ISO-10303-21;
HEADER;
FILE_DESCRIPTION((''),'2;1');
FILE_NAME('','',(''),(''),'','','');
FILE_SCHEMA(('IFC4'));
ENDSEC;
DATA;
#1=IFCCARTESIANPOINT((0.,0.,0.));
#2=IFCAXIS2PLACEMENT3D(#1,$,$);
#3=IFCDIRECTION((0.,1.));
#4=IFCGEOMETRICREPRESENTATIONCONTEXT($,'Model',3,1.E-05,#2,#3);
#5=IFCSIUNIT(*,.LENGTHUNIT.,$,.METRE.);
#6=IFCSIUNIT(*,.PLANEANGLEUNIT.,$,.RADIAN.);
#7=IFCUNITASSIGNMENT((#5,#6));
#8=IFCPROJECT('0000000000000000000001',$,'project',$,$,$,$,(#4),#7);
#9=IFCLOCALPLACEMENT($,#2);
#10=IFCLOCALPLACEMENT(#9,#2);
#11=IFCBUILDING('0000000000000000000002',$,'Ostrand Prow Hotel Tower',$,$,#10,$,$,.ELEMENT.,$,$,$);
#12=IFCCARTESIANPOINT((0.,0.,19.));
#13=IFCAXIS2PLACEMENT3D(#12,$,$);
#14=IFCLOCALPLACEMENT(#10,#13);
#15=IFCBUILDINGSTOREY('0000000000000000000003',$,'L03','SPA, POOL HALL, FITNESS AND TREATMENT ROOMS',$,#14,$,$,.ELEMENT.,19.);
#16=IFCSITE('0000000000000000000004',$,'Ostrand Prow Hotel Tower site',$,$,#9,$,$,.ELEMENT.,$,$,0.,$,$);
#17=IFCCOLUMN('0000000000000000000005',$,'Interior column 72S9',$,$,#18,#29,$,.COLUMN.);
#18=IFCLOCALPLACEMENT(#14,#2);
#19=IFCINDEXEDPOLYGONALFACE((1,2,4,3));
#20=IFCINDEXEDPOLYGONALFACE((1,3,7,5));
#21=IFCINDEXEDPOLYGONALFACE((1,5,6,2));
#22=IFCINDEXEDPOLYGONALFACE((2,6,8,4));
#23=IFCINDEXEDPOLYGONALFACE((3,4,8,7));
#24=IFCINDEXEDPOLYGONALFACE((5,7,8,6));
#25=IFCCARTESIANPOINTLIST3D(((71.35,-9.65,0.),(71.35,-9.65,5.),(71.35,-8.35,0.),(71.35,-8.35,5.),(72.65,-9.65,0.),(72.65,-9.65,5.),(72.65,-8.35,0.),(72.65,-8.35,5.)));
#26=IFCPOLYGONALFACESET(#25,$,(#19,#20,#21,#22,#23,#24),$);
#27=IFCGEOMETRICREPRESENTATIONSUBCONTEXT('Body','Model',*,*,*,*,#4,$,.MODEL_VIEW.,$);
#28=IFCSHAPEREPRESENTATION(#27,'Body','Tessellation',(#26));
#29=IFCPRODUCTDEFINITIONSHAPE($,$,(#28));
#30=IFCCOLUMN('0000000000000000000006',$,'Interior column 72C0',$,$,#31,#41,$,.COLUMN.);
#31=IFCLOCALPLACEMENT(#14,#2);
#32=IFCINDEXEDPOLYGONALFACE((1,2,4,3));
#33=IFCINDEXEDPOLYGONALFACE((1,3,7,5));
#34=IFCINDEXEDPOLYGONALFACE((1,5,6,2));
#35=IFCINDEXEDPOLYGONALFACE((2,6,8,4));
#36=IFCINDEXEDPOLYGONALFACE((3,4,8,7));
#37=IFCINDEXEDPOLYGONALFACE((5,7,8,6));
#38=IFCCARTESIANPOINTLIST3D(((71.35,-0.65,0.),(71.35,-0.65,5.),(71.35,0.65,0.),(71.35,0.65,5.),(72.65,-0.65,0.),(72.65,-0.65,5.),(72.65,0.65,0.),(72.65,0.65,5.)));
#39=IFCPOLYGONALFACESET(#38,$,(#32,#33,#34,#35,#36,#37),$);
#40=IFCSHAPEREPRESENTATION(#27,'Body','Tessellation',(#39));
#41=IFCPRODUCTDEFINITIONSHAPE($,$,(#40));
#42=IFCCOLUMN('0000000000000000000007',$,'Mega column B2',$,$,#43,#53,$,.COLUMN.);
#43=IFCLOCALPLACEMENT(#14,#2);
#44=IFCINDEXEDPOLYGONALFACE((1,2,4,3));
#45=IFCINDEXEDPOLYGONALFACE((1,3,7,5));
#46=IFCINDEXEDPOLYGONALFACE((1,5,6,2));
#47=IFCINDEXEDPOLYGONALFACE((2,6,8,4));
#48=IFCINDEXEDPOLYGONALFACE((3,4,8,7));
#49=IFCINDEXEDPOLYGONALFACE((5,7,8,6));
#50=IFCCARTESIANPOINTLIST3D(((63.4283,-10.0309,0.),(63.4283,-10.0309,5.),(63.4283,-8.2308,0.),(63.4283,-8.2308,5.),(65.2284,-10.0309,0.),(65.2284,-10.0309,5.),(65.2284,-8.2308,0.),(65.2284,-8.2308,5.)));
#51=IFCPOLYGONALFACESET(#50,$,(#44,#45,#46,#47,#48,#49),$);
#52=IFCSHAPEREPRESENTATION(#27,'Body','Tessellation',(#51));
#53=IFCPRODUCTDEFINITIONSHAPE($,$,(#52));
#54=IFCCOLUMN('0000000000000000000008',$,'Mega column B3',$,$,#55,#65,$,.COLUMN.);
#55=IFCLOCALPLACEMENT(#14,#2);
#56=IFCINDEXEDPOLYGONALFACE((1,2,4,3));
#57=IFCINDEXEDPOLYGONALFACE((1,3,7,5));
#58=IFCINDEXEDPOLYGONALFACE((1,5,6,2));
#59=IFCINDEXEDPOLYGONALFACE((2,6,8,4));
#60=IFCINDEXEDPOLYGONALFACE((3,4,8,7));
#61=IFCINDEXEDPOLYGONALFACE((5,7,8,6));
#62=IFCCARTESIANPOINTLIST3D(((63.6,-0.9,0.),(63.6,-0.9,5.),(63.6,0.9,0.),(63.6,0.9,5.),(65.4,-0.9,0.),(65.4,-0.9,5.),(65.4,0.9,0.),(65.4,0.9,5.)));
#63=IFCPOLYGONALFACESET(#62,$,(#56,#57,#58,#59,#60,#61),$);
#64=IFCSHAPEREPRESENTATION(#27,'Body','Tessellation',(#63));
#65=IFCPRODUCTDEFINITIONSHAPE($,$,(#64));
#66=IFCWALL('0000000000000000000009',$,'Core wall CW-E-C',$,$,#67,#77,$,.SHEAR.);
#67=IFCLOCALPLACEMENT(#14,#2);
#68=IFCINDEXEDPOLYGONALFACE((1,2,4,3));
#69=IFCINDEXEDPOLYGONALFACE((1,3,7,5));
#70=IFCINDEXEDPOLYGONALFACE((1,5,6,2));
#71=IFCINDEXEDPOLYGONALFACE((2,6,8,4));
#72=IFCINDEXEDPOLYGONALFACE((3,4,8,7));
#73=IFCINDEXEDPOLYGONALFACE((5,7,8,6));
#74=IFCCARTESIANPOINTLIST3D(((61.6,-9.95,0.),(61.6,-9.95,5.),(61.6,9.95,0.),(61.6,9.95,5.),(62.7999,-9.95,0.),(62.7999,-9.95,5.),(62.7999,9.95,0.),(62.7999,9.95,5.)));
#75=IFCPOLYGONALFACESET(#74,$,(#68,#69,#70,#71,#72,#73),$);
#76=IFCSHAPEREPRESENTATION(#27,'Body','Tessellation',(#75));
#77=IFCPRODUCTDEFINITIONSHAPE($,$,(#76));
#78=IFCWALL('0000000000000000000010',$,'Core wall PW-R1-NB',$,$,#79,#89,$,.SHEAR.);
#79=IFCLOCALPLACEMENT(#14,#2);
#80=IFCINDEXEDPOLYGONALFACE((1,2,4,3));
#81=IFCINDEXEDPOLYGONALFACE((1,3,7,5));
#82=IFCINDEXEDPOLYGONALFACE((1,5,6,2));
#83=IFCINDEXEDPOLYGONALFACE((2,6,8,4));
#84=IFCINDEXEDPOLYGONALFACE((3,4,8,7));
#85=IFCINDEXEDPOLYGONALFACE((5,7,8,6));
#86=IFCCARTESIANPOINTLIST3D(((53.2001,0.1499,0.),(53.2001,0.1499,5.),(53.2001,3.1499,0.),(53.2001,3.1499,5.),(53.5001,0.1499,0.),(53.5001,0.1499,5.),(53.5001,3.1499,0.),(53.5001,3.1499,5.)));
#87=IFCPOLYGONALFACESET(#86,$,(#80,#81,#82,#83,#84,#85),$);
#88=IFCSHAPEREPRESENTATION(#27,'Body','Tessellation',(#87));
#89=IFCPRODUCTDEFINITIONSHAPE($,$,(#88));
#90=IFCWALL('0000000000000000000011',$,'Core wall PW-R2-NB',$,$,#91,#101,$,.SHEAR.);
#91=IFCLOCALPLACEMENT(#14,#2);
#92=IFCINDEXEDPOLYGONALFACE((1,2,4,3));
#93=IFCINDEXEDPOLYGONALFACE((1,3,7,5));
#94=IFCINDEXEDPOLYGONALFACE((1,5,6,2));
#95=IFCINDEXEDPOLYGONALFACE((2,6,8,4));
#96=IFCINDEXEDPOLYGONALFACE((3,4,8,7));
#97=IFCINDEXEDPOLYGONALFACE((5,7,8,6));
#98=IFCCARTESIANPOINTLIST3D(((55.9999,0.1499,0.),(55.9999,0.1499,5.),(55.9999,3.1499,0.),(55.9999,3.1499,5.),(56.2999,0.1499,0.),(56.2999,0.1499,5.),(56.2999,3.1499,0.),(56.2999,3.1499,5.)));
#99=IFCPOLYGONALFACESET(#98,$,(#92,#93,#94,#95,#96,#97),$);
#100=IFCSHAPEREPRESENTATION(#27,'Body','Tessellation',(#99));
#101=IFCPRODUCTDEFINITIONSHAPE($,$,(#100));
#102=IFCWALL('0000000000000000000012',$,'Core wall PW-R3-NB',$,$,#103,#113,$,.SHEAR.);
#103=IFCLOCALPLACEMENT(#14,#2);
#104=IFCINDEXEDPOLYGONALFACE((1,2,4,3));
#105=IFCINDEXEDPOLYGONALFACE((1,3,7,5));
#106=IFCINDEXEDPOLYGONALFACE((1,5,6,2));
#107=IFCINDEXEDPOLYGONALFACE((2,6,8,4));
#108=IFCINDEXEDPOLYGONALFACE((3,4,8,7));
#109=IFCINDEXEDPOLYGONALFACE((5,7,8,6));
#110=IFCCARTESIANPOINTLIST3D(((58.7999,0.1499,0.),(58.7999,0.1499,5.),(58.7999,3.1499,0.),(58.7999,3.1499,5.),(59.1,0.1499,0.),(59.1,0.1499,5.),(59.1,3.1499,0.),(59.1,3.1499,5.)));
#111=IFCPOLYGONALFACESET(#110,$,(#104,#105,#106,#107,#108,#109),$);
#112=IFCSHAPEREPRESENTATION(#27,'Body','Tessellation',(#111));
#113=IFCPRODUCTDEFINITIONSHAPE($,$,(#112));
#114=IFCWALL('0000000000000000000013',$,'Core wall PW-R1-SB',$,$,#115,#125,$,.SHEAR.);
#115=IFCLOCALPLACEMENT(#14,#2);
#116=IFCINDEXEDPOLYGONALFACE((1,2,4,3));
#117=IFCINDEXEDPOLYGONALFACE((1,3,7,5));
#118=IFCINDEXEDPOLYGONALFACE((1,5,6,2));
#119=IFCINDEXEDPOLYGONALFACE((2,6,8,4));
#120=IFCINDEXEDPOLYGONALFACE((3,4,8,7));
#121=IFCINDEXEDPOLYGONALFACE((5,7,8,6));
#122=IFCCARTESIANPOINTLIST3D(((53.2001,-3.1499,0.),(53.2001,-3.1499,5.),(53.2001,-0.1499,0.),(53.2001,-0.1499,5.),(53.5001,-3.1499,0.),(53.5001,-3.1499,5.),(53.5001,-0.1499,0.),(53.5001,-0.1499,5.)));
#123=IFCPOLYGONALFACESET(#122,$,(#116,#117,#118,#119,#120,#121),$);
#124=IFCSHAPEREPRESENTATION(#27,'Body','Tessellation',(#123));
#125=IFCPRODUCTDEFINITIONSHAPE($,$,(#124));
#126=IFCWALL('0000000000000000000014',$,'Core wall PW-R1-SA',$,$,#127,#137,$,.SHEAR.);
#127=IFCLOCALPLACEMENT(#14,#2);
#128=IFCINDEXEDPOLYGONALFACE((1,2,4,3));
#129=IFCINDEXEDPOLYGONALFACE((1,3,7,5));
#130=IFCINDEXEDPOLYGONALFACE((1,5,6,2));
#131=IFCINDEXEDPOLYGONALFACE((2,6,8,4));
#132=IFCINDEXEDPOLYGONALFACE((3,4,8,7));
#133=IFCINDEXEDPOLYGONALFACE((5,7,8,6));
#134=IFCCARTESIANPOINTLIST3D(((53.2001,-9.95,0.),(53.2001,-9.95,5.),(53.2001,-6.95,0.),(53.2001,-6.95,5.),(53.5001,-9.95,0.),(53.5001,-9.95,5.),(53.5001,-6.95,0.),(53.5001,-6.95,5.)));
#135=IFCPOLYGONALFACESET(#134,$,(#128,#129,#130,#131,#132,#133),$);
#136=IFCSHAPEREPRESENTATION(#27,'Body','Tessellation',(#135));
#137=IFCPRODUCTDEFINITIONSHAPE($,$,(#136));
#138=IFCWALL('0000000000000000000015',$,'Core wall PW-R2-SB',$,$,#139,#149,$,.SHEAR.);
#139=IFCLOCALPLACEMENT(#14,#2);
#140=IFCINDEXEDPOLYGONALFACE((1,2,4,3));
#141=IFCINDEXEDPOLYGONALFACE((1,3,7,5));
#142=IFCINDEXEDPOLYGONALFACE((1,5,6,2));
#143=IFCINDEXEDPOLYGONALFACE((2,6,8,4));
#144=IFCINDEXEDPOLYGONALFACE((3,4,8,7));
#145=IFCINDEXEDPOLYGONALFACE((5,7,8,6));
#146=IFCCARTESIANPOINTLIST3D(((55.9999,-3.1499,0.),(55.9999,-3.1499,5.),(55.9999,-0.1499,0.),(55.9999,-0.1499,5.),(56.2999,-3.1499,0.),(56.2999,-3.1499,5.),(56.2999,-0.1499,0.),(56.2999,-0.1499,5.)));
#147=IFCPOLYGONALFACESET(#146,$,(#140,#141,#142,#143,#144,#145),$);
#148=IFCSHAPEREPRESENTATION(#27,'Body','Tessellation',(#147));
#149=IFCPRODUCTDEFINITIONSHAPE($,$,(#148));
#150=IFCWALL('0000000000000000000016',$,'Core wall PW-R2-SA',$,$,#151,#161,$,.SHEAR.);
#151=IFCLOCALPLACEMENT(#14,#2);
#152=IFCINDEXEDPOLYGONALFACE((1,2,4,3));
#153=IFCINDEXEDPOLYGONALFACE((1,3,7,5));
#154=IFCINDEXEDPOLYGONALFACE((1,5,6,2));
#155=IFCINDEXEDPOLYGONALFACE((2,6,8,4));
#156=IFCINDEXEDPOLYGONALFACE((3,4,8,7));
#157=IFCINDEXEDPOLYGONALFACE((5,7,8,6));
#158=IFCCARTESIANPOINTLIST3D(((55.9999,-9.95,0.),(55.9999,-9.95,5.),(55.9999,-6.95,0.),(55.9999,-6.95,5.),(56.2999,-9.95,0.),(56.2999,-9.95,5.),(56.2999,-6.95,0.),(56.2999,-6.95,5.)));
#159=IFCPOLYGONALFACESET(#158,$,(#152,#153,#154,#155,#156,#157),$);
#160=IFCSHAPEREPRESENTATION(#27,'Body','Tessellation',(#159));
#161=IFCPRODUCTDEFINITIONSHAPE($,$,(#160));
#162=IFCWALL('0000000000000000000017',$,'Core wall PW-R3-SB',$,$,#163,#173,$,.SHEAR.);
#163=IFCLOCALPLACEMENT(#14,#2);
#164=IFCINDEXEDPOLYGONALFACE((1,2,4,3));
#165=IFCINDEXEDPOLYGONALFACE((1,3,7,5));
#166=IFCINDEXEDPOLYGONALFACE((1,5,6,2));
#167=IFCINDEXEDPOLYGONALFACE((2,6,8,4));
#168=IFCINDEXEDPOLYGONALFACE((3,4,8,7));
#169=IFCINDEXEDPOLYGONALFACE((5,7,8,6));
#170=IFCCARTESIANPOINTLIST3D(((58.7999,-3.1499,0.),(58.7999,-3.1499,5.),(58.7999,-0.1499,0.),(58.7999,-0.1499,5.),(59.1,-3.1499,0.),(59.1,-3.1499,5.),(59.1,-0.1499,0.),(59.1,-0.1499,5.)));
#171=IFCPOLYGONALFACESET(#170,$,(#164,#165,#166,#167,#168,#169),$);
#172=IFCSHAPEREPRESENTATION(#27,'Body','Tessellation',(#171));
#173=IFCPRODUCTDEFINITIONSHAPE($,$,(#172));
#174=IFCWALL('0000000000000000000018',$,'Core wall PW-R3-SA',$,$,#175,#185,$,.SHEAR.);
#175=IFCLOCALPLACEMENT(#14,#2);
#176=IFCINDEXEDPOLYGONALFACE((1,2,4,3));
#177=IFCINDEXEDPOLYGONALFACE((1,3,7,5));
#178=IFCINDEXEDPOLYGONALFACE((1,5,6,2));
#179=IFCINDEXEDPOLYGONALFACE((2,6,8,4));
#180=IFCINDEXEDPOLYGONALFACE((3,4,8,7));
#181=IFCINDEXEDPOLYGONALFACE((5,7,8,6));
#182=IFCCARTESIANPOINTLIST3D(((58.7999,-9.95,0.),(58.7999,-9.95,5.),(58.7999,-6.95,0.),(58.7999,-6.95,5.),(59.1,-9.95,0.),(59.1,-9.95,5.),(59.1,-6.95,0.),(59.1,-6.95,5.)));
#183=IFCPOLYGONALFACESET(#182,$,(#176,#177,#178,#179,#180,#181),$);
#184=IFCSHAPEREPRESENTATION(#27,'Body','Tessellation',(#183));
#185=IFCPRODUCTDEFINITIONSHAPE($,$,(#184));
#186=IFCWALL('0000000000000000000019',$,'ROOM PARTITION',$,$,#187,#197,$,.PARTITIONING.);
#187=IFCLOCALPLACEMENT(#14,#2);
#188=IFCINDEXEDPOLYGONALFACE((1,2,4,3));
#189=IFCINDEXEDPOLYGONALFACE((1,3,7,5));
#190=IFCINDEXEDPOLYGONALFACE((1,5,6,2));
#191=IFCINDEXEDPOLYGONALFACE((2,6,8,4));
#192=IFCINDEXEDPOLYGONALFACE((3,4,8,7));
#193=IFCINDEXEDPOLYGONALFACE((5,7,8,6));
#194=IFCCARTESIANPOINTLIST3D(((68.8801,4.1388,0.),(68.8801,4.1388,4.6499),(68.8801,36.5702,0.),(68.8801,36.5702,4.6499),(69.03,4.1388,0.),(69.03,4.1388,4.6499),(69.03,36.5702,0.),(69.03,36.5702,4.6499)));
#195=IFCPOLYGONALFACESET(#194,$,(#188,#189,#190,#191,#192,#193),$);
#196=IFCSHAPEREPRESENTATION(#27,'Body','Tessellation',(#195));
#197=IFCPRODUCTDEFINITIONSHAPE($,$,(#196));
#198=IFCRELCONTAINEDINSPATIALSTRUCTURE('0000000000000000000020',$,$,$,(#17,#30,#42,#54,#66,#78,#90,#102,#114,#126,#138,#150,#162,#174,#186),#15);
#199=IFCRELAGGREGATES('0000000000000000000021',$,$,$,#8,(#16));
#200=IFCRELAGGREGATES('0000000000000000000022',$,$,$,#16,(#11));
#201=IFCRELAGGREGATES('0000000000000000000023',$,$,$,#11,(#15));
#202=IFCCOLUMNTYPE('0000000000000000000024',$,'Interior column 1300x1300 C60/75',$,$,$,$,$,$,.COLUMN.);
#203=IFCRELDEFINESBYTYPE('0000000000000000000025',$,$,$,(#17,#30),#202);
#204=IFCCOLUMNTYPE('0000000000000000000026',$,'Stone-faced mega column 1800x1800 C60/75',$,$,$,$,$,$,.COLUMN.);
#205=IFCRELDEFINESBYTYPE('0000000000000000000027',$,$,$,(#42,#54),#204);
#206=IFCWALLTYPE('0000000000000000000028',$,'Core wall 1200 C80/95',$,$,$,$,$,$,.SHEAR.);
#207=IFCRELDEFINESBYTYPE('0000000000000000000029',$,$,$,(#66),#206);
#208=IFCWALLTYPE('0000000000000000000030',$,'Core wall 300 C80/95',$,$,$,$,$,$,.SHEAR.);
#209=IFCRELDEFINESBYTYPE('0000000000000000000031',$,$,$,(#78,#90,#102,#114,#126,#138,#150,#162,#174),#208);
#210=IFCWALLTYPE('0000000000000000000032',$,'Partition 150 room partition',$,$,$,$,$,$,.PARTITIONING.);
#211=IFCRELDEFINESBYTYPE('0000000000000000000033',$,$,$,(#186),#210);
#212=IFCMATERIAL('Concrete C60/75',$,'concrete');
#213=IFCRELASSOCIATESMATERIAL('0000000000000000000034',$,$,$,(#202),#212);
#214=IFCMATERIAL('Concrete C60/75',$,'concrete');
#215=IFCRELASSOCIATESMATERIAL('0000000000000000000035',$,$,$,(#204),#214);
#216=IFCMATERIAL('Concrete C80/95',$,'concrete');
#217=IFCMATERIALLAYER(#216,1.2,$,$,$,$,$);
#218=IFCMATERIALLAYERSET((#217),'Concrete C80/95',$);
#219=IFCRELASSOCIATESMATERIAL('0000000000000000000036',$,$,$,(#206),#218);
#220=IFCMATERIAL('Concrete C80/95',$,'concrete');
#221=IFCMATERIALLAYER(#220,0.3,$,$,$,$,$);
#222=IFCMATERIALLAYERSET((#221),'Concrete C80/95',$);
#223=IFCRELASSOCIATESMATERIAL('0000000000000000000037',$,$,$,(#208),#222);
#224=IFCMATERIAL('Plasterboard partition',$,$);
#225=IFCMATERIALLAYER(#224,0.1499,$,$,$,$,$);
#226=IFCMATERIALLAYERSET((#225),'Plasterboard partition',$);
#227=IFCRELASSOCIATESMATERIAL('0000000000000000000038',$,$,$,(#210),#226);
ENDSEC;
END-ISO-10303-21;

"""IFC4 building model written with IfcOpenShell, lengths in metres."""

from ifc_helpers import new_model, si_unit, direction, frame, frame_2d, origin, origin_2d, place, context, subcontext, project, spatial, rectangle, extrude, material, layer, layer_set, material_profile, profile_set, type_object, element, save


model = new_model("IFC4")

# Units and contexts
model_context = context("Model", 3, precision=1e-05, world=origin(), true_north=direction((0.0, 1.0)))
body_context = subcontext(model_context, "Body", "Model", "MODEL_VIEW")
ifc_project = project(units=[si_unit("LENGTHUNIT", "METRE"), si_unit("PLANEANGLEUNIT", "RADIAN")], contexts=[model_context])

# Site, building, storey
site_placement = place(None, origin())
site = spatial("IfcSite", under=ifc_project, at=site_placement, Name="Ostrand Prow Hotel Tower site", CompositionType="ELEMENT", RefElevation=0.0)
building_placement = place(site_placement, origin())
building = spatial("IfcBuilding", under=site, at=building_placement, Name="Ostrand Prow Hotel Tower", CompositionType="ELEMENT")
storey_placement = place(building_placement, frame((0.0, 0.0, 19.0)))
storey = spatial("IfcBuildingStorey", under=building, at=storey_placement, Name="L03", Description="SPA, POOL HALL, FITNESS AND TREATMENT ROOMS", CompositionType="ELEMENT", Elevation=19.0)

# Columns
ifc_material_1 = material(Name="Concrete C60/75", Category="concrete")
ifc_material_profile_1 = material_profile(ifc_material_1, rectangle(XDim=1.3, YDim=1.3, at=origin_2d()), Name="RC 1300x1300")
ifc_profile_set_1 = profile_set([ifc_material_profile_1], Name="Concrete C60/75")
column_type_1 = type_object("IfcColumnType", Name="Interior column 1300x1300 C60/75", PredefinedType="COLUMN", material=ifc_profile_set_1)
for number, where, z_axis, x_axis, name in (
    (1, (72.0, -9.0, 0.0), (0.0, 0.0, 1.0), (1.0, 0.0, 0.0), "Interior column 72S9"),
    (2, (72.0, 0.0, 0.0), (0.0, 0.0, 1.0), (1.0, 0.0, 0.0), "Interior column 72C0"),
):
    element("IfcColumn", number, at=place(storey_placement, frame(where, z_axis=z_axis, x_axis=x_axis)), inside=storey, type_object=column_type_1, Name=name, PredefinedType="COLUMN", context=body_context, shape_type="SweptSolid", body=[
        extrude(rectangle(XDim=1.3, YDim=1.3, at=origin_2d()), origin(), (0.0, 0.0, 1.0), 5.0),
    ])
ifc_material_2 = material(Name="Concrete C60/75", Category="concrete")
ifc_material_profile_2 = material_profile(ifc_material_2, rectangle(XDim=1.8, YDim=1.8, at=origin_2d()), Name="RC 1800x1800")
ifc_profile_set_2 = profile_set([ifc_material_profile_2], Name="Concrete C60/75")
column_type_2 = type_object("IfcColumnType", Name="Stone-faced mega column 1800x1800 C60/75", PredefinedType="COLUMN", material=ifc_profile_set_2)
for number, where, z_axis, x_axis, name in (
    (3, (64.3284, -9.1309, 0.0), (0.0, 0.0, 1.0), (1.0, 0.0, 0.0), "Mega column B2"),
    (4, (64.5, 0.0, 0.0), (0.0, 0.0, 1.0), (1.0, 0.0, 0.0), "Mega column B3"),
):
    element("IfcColumn", number, at=place(storey_placement, frame(where, z_axis=z_axis, x_axis=x_axis)), inside=storey, type_object=column_type_2, Name=name, PredefinedType="COLUMN", context=body_context, shape_type="SweptSolid", body=[
        extrude(rectangle(XDim=1.8, YDim=1.8, at=origin_2d()), origin(), (0.0, 0.0, 1.0), 5.0),
    ])

# Walls
ifc_material_3 = material(Name="Concrete C80/95", Category="concrete")
ifc_layer_1 = layer(ifc_material_3, 1.2)
ifc_layer_set_1 = layer_set([ifc_layer_1], Name="Concrete C80/95")
wall_type_1 = type_object("IfcWallType", Name="Core wall 1200 C80/95", PredefinedType="SHEAR", material=ifc_layer_set_1)
wall_1_placement = place(storey_placement, frame((62.2, -9.95, 0.0), z_axis=(0.0, 0.0, 1.0), x_axis=(0.0, 1.0, 0.0)))
element("IfcWall", 5, at=wall_1_placement, inside=storey, type_object=wall_type_1, Name="Core wall CW-E-C", PredefinedType="SHEAR", context=body_context, shape_type="SweptSolid", body=[
    extrude(rectangle(XDim=19.8999, YDim=1.2, at=frame_2d((9.95, 0.0))), origin(), (0.0, 0.0, 1.0), 5.0),
])
ifc_material_4 = material(Name="Concrete C80/95", Category="concrete")
ifc_layer_2 = layer(ifc_material_4, 0.3)
ifc_layer_set_2 = layer_set([ifc_layer_2], Name="Concrete C80/95")
wall_type_2 = type_object("IfcWallType", Name="Core wall 300 C80/95", PredefinedType="SHEAR", material=ifc_layer_set_2)
for number, where, z_axis, x_axis, name in (
    (6, (53.3501, 0.1499, 0.0), (0.0, 0.0, 1.0), (0.0, 1.0, 0.0), "Core wall PW-R1-NB"),
    (7, (56.1499, 0.1499, 0.0), (0.0, 0.0, 1.0), (0.0, 1.0, 0.0), "Core wall PW-R2-NB"),
    (8, (58.95, 0.1499, 0.0), (0.0, 0.0, 1.0), (0.0, 1.0, 0.0), "Core wall PW-R3-NB"),
    (9, (53.3501, -3.1499, 0.0), (0.0, 0.0, 1.0), (0.0, 1.0, 0.0), "Core wall PW-R1-SB"),
    (10, (53.3501, -9.95, 0.0), (0.0, 0.0, 1.0), (0.0, 1.0, 0.0), "Core wall PW-R1-SA"),
    (11, (56.1499, -3.1499, 0.0), (0.0, 0.0, 1.0), (0.0, 1.0, 0.0), "Core wall PW-R2-SB"),
    (12, (56.1499, -9.95, 0.0), (0.0, 0.0, 1.0), (0.0, 1.0, 0.0), "Core wall PW-R2-SA"),
    (13, (58.95, -3.1499, 0.0), (0.0, 0.0, 1.0), (0.0, 1.0, 0.0), "Core wall PW-R3-SB"),
    (14, (58.95, -9.95, 0.0), (0.0, 0.0, 1.0), (0.0, 1.0, 0.0), "Core wall PW-R3-SA"),
):
    element("IfcWall", number, at=place(storey_placement, frame(where, z_axis=z_axis, x_axis=x_axis)), inside=storey, type_object=wall_type_2, Name=name, PredefinedType="SHEAR", context=body_context, shape_type="SweptSolid", body=[
        extrude(rectangle(XDim=3.0, YDim=0.3, at=frame_2d((1.5, 0.0))), origin(), (0.0, 0.0, 1.0), 5.0),
    ])
ifc_material_5 = material(Name="Plasterboard partition")
ifc_layer_3 = layer(ifc_material_5, 0.1499)
ifc_layer_set_3 = layer_set([ifc_layer_3], Name="Plasterboard partition")
wall_type_3 = type_object("IfcWallType", Name="Partition 150 room partition", PredefinedType="PARTITIONING", material=ifc_layer_set_3)
wall_2_placement = place(storey_placement, frame((68.9551, 4.1387, 0.0), z_axis=(0.0, 0.0, 1.0), x_axis=(0.0, 1.0, 0.0)))
element("IfcWall", 15, at=wall_2_placement, inside=storey, type_object=wall_type_3, Name="ROOM PARTITION", PredefinedType="PARTITIONING", context=body_context, shape_type="SweptSolid", body=[
    extrude(rectangle(XDim=32.4314, YDim=0.1499, at=frame_2d((16.2158, 0.0))), origin(), (0.0, 0.0, 1.0), 4.6499),
])

save(model, "model.ifc")
